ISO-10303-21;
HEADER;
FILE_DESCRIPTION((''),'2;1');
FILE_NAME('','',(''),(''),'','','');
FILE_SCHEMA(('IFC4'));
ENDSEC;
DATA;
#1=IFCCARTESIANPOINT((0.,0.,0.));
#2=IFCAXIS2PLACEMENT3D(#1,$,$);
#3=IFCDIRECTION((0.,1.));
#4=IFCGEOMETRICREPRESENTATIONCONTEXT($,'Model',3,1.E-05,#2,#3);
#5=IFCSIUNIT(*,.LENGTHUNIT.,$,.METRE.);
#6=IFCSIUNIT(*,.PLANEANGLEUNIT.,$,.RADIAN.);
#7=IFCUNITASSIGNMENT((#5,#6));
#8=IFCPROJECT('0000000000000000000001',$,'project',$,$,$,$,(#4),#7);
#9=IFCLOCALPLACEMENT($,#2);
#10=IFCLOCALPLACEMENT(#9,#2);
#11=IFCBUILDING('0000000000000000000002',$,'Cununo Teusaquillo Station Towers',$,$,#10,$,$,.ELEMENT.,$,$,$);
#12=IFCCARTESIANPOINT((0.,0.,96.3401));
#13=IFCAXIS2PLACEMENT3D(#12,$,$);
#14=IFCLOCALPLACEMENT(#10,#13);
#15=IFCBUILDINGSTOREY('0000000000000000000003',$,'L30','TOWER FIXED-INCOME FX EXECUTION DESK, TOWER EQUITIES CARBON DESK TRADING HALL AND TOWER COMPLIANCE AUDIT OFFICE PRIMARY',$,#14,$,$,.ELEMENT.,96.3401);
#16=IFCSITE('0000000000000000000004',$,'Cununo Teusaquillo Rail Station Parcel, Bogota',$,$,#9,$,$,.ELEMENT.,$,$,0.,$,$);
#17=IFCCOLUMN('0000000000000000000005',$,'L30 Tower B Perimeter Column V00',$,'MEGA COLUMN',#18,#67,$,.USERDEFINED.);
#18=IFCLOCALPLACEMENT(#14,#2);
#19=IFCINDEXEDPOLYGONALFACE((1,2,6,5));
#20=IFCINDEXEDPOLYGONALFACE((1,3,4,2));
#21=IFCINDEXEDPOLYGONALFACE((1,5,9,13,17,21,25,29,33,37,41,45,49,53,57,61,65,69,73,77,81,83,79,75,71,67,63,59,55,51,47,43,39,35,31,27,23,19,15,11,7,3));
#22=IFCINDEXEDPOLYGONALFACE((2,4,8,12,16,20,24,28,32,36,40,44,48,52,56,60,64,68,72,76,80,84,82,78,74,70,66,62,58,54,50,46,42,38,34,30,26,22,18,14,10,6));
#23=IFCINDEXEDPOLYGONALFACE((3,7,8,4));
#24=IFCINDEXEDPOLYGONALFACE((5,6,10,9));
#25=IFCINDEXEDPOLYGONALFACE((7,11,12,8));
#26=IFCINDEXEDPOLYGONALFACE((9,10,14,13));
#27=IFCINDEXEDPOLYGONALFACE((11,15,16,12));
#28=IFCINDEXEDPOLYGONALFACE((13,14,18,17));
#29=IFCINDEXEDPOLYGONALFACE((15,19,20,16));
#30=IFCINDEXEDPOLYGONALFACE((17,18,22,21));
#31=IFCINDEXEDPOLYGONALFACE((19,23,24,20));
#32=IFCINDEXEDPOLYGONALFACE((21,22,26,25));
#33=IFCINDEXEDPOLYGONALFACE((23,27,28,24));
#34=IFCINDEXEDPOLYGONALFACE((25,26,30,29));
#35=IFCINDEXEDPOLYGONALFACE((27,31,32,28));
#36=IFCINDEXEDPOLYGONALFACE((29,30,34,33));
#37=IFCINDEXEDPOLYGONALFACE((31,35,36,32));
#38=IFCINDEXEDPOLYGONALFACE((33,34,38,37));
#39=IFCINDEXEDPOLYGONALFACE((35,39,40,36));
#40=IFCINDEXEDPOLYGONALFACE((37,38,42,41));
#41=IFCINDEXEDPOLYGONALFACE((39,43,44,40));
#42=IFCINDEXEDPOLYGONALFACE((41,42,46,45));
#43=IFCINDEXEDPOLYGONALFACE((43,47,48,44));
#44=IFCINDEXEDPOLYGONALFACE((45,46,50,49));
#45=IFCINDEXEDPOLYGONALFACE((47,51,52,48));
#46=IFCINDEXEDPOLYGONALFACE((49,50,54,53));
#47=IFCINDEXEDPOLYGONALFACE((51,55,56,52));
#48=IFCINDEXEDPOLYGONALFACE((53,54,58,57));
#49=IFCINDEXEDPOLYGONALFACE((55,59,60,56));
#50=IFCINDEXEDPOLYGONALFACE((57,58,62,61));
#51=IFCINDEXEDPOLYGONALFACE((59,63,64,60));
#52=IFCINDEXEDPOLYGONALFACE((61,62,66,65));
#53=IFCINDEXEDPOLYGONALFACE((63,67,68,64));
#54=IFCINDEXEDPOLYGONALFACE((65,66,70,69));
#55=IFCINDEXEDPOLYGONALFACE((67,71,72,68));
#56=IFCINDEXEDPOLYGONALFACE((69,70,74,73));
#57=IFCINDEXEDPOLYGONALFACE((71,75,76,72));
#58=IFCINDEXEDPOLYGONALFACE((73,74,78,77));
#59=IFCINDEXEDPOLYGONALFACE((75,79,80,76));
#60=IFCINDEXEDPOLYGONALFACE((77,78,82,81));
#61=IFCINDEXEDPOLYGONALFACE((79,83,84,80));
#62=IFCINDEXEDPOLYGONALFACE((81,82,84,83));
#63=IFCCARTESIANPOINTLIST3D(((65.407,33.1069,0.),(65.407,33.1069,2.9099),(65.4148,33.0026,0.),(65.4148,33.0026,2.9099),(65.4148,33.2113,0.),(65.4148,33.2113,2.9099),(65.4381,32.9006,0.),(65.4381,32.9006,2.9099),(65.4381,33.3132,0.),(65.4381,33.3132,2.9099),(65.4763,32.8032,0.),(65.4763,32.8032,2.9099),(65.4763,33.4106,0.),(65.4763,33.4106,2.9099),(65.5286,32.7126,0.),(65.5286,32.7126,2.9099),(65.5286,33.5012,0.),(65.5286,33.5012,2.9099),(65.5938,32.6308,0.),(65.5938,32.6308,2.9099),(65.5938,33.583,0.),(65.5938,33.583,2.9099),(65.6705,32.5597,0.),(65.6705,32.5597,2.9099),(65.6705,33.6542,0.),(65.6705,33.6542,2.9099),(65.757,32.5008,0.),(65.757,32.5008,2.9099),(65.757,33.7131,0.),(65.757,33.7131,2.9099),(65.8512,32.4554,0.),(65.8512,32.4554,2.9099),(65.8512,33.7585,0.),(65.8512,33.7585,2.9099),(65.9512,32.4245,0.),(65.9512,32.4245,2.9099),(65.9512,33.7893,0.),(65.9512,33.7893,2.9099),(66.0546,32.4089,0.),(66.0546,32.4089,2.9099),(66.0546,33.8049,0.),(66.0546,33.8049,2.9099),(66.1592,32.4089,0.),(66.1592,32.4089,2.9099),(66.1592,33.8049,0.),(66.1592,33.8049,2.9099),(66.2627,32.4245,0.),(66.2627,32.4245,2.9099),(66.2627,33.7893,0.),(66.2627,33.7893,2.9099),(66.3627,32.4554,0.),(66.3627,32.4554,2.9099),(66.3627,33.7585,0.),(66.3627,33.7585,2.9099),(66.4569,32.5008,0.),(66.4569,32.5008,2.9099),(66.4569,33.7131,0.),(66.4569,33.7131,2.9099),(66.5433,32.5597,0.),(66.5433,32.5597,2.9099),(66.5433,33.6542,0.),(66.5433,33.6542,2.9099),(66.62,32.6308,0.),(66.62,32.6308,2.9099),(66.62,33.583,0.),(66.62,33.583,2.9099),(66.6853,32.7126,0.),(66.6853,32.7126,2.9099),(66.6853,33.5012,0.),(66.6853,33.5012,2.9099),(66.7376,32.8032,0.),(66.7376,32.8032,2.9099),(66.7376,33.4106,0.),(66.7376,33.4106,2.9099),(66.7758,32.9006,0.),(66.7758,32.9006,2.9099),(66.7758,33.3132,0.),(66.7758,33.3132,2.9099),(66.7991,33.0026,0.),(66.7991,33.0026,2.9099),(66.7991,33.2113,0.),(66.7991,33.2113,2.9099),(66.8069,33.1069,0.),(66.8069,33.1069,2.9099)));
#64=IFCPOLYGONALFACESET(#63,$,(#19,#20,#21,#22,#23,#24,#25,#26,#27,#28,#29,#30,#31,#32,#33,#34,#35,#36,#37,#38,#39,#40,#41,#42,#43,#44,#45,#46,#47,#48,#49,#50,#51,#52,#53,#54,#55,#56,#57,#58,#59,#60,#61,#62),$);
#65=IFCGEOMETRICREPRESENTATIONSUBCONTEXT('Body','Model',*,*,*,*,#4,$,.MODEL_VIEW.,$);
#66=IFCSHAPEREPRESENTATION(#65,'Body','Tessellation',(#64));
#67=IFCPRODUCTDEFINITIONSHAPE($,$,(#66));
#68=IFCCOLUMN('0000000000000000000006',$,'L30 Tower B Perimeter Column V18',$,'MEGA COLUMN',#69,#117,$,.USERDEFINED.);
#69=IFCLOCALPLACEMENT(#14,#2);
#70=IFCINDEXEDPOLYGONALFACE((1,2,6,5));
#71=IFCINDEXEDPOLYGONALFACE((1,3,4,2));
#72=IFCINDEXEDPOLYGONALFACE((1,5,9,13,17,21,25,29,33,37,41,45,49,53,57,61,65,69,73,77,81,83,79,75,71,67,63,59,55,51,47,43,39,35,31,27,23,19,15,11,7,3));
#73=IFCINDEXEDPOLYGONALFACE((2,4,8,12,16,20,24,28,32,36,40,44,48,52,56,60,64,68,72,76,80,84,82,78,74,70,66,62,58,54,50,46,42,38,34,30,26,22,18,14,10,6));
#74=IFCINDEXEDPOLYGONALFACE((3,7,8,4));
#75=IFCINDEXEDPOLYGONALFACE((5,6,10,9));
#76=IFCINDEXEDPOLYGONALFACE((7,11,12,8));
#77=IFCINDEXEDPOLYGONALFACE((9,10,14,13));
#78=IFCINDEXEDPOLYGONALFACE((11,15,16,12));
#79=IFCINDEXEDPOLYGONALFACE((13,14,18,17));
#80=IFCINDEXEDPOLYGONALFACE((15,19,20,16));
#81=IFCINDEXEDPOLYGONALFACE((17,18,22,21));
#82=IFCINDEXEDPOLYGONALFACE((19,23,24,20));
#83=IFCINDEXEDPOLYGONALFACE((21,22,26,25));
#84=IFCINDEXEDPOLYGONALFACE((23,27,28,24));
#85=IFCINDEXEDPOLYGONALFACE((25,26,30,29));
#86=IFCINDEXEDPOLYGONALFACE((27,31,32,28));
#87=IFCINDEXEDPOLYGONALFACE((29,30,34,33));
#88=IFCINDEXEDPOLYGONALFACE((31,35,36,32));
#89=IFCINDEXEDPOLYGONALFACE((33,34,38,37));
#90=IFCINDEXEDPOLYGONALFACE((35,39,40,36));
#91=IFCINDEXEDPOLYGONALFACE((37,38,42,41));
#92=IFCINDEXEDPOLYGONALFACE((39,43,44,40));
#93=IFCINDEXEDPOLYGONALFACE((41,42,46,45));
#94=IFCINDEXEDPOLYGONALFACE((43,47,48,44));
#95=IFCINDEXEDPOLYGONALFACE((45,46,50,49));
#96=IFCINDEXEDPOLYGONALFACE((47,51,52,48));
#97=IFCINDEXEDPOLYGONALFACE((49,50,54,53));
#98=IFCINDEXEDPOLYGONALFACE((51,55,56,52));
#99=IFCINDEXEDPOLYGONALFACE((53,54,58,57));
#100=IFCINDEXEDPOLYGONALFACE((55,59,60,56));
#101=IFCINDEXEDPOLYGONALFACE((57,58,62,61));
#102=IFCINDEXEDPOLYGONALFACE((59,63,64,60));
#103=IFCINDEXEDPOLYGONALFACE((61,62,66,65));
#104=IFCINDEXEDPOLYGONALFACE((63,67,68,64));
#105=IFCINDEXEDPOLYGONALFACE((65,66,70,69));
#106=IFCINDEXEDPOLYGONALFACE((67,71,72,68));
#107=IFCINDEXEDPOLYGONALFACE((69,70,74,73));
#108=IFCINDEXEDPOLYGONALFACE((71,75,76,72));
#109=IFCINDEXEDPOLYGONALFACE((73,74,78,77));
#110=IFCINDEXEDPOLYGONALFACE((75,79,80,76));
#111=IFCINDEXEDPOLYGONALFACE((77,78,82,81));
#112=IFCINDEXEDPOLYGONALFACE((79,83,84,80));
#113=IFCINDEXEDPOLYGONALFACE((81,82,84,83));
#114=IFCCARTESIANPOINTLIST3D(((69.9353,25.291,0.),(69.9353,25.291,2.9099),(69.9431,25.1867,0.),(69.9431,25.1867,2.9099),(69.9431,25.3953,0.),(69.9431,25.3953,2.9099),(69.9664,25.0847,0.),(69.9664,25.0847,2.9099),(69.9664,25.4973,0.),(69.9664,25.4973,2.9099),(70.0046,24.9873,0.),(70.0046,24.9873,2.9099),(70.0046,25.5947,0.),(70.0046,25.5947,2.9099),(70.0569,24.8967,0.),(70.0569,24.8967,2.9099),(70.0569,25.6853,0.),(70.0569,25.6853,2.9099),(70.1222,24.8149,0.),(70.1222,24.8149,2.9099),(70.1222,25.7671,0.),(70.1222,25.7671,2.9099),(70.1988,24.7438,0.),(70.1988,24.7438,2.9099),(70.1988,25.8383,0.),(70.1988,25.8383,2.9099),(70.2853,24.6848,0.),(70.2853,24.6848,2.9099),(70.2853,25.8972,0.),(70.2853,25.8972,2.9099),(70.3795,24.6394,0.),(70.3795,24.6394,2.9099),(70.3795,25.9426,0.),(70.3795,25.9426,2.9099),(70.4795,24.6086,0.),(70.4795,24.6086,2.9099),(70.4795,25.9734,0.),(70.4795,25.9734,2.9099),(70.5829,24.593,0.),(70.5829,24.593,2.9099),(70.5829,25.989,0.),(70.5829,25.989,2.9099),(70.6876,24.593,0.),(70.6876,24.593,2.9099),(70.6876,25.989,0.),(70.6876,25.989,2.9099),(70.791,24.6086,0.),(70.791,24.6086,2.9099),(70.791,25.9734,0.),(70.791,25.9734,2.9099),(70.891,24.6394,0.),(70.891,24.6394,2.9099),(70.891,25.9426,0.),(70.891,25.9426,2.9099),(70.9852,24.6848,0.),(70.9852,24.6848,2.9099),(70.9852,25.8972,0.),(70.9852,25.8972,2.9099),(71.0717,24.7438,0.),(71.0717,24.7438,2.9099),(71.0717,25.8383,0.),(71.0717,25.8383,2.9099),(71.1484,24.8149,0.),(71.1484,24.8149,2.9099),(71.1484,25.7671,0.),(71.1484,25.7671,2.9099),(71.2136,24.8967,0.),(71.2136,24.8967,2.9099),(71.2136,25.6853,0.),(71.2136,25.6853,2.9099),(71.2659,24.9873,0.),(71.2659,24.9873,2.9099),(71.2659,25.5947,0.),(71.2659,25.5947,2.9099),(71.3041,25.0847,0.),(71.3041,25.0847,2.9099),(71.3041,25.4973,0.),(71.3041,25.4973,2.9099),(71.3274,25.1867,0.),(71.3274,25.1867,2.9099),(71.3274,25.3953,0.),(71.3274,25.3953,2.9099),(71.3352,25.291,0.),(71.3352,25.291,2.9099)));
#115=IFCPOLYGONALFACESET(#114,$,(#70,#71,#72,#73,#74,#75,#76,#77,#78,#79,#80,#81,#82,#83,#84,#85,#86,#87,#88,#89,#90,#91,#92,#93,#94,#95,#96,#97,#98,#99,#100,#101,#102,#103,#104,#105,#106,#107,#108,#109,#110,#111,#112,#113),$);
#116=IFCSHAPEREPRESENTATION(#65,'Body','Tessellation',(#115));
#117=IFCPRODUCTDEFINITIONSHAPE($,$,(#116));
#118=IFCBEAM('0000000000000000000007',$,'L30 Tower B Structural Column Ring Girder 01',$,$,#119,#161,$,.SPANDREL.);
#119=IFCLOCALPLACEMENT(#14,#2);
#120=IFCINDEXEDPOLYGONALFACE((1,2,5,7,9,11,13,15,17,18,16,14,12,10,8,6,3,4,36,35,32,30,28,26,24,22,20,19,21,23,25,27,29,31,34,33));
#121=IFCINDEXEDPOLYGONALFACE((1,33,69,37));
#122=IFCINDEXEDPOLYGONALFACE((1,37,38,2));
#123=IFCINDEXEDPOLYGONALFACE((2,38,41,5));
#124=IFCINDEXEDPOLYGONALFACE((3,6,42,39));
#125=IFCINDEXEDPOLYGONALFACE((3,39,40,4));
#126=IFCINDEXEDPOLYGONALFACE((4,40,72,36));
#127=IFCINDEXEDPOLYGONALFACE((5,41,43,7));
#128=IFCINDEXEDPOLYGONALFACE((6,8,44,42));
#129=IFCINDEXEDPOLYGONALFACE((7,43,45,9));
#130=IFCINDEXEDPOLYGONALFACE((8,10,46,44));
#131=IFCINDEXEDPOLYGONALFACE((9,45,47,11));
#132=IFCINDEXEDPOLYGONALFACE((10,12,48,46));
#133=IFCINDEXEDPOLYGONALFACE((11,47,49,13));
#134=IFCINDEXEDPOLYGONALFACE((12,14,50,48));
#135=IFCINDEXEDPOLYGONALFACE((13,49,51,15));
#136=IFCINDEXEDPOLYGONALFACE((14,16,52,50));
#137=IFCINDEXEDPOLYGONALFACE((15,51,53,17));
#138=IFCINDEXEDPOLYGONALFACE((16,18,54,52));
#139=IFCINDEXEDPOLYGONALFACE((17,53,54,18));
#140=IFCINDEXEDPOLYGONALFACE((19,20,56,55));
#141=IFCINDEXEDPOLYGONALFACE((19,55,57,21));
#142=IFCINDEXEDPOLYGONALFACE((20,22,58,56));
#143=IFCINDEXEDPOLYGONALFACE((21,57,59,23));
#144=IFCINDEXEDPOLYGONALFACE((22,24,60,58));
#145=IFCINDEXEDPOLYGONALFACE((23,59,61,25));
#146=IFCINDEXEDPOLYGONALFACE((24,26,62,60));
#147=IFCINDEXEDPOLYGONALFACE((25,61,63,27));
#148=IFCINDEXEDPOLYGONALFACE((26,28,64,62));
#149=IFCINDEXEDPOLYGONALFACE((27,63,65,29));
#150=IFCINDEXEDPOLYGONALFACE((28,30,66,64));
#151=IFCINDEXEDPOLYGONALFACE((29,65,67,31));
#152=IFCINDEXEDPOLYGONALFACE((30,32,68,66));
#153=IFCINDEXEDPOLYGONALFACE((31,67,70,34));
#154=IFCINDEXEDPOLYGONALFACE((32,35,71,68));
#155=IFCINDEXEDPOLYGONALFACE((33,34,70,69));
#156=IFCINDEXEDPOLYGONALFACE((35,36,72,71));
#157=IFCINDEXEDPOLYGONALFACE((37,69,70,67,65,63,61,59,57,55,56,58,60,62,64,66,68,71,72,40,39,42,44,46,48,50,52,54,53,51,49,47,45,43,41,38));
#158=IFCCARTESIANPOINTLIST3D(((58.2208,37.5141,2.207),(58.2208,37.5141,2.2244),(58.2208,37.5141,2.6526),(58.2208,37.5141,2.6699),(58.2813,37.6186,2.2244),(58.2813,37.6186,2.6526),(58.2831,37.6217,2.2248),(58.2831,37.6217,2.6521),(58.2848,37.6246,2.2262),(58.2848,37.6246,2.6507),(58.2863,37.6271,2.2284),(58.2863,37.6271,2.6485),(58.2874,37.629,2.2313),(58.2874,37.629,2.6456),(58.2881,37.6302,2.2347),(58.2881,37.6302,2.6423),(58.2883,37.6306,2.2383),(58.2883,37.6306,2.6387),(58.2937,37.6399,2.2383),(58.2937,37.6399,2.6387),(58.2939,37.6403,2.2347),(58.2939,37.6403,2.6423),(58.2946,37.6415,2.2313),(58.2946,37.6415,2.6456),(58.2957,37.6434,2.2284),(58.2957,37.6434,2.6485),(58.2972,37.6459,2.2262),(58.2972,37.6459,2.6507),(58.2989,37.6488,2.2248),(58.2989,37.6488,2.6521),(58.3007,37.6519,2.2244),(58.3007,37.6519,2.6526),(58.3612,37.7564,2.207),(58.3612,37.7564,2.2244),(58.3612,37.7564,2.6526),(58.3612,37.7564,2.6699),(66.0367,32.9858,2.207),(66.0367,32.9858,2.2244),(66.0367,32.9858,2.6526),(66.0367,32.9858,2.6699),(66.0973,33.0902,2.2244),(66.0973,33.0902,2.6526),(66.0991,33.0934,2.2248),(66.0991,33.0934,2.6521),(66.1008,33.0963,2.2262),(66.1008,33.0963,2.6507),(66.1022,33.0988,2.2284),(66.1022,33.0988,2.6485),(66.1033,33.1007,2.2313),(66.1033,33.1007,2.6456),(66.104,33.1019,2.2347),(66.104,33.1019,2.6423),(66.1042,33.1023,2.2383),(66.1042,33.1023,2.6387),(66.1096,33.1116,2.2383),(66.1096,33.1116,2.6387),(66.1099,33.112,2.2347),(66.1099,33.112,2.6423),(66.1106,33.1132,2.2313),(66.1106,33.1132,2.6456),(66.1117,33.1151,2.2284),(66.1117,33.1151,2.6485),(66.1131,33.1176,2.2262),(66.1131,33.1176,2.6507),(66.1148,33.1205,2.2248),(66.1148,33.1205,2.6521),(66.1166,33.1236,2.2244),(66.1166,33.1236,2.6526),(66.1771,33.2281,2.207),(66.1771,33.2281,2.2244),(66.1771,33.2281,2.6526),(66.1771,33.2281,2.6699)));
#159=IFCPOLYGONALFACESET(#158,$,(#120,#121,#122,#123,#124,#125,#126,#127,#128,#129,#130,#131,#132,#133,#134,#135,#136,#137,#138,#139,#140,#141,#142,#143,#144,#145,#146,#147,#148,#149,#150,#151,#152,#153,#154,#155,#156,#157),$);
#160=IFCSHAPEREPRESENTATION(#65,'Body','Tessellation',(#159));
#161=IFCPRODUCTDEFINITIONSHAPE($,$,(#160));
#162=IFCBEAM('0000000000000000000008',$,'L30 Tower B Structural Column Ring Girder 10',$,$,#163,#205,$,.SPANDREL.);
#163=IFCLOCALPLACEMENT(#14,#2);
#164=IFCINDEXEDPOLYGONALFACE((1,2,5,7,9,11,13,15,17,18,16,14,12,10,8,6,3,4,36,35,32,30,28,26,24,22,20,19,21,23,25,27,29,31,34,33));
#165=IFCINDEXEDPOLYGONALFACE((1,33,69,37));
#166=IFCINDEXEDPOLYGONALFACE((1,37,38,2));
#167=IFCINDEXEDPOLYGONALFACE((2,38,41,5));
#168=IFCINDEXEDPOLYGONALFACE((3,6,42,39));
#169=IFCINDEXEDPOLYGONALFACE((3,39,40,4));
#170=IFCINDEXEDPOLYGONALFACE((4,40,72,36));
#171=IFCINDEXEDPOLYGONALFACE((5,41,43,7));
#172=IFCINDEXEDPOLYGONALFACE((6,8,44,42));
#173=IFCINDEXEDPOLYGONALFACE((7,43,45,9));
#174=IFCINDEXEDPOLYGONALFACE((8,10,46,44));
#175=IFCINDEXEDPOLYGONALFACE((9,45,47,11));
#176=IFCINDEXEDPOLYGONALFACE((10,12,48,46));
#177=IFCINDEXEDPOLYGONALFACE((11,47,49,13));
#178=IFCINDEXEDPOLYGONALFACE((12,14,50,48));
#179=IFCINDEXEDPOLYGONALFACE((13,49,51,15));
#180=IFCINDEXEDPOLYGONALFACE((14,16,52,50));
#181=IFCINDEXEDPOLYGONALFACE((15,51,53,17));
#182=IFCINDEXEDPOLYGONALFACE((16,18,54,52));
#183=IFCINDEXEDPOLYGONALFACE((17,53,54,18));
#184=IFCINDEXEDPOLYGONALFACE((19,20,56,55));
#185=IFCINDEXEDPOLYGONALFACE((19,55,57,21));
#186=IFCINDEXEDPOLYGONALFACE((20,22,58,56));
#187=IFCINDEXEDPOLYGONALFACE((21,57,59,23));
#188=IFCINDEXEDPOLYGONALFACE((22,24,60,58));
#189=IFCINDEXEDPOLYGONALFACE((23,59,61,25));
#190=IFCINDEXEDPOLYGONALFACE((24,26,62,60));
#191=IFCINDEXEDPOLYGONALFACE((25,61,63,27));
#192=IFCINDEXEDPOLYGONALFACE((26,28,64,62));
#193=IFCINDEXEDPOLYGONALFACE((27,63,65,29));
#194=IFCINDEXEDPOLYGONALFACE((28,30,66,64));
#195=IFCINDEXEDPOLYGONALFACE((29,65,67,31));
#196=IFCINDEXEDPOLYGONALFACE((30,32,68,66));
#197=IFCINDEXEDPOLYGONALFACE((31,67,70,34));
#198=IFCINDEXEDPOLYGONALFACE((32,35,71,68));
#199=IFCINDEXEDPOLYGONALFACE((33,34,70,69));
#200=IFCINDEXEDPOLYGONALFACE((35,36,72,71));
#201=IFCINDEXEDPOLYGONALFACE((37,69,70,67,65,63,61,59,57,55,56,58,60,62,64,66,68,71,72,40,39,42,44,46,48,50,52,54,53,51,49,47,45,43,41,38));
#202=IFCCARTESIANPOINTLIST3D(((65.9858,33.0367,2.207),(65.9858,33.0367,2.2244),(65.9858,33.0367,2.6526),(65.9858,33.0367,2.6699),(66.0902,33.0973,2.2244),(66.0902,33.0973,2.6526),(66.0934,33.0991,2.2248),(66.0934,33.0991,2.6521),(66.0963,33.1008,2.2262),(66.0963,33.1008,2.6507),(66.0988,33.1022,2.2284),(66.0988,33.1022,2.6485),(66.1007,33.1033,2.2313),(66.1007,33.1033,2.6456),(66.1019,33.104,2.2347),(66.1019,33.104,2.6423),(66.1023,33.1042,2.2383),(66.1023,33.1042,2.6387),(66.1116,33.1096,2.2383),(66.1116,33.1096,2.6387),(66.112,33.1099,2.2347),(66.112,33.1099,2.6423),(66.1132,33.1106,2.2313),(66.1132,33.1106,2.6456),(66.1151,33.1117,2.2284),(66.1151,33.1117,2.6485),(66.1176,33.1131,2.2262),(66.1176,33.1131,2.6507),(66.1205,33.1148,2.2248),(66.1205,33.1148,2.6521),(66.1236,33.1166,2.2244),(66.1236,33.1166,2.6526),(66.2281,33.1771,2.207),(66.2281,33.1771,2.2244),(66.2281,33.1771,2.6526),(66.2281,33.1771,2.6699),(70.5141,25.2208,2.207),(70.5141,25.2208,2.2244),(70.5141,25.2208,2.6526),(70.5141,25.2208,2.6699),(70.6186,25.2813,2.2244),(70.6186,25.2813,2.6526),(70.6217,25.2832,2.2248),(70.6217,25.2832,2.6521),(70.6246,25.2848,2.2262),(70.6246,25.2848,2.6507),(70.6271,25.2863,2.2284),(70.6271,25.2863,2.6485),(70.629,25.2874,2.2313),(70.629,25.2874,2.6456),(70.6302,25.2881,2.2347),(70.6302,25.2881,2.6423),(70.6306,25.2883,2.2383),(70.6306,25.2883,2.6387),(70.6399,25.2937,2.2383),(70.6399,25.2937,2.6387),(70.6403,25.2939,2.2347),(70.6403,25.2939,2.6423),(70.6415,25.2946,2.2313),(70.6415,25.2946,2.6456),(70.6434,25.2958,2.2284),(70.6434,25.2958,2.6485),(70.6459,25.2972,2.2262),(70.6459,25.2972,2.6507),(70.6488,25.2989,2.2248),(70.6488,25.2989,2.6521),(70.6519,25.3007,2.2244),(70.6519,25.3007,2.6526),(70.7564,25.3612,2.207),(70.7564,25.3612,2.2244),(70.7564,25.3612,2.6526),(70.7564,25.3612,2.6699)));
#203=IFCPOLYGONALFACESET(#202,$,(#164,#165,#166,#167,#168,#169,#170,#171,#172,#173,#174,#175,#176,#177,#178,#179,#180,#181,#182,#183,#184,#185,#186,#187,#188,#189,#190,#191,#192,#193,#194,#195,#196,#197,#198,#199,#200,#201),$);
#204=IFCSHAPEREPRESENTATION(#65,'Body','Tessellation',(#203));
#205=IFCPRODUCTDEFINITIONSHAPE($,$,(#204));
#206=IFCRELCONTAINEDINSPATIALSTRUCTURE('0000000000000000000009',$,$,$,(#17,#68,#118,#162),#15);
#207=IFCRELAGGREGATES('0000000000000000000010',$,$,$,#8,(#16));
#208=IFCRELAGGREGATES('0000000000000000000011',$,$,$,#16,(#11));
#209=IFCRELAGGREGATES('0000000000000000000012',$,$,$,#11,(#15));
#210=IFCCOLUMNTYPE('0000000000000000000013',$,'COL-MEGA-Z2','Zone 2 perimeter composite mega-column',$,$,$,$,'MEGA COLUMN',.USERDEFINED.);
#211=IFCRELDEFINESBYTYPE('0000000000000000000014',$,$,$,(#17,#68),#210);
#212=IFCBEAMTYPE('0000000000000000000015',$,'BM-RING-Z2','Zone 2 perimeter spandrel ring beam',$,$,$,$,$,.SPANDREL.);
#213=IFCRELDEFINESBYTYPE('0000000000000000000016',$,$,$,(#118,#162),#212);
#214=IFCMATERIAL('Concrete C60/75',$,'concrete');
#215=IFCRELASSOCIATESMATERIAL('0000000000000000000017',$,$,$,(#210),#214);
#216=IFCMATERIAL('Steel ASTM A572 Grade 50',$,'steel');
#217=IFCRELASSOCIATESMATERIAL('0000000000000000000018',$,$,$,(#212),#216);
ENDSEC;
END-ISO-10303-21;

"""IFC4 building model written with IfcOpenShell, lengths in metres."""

from ifc_helpers import new_model, si_unit, direction, frame, origin, origin_2d, place, context, subcontext, project, spatial, circle, i_section, extrude, material, material_profile, profile_set, type_object, element, save


model = new_model("IFC4")

# Units and contexts
model_context = context("Model", 3, precision=1e-05, world=origin(), true_north=direction((0.0, 1.0)))
body_context = subcontext(model_context, "Body", "Model", "MODEL_VIEW")
ifc_project = project(units=[si_unit("LENGTHUNIT", "METRE"), si_unit("PLANEANGLEUNIT", "RADIAN")], contexts=[model_context])

# Site, building, storey
site_placement = place(None, origin())
site = spatial("IfcSite", under=ifc_project, at=site_placement, Name="Cununo Teusaquillo Rail Station Parcel, Bogota", CompositionType="ELEMENT", RefElevation=0.0)
building_placement = place(site_placement, origin())
building = spatial("IfcBuilding", under=site, at=building_placement, Name="Cununo Teusaquillo Station Towers", CompositionType="ELEMENT")
storey_placement = place(building_placement, frame((0.0, 0.0, 96.3401)))
storey = spatial("IfcBuildingStorey", under=building, at=storey_placement, Name="L30", Description="TOWER FIXED-INCOME FX EXECUTION DESK, TOWER EQUITIES CARBON DESK TRADING HALL AND TOWER COMPLIANCE AUDIT OFFICE PRIMARY", CompositionType="ELEMENT", Elevation=96.3401)

# Columns
ifc_material_1 = material(Name="Concrete C60/75", Category="concrete")
ifc_material_profile_1 = material_profile(ifc_material_1, circle(Radius=0.7, at=origin_2d()), Name="RC-CIRC-1400")
ifc_profile_set_1 = profile_set([ifc_material_profile_1], Name="Concrete C60/75")
column_type = type_object("IfcColumnType", Name="COL-MEGA-Z2", Description="Zone 2 perimeter composite mega-column", ElementType="MEGA COLUMN", PredefinedType="USERDEFINED", material=ifc_profile_set_1)
for number, where, z_axis, x_axis, name in (
    (1, (66.1069, 33.1069, 0.0), (0.0, 0.0, 1.0), (1.0, 0.0, 0.0), "L30 Tower B Perimeter Column V00"),
    (2, (70.6353, 25.291, 0.0), (0.0, 0.0, 1.0), (1.0, 0.0, 0.0), "L30 Tower B Perimeter Column V18"),
):
    element("IfcColumn", number, at=place(storey_placement, frame(where, z_axis=z_axis, x_axis=x_axis)), inside=storey, type_object=column_type, Name=name, ObjectType="MEGA COLUMN", PredefinedType="USERDEFINED", context=body_context, shape_type="SweptSolid", body=[
        extrude(circle(Radius=0.7, at=origin_2d()), origin(), (0.0, 0.0, 1.0), 2.9099),
    ])

# Beams
ifc_material_2 = material(Name="Steel ASTM A572 Grade 50", Category="steel")
ifc_material_profile_2 = material_profile(ifc_material_2, i_section(OverallWidth=0.28, OverallDepth=0.4629, WebThickness=0.0107, FlangeThickness=0.0173, FilletRadius=0.0139, at=origin_2d()), Name="W18X76")
ifc_profile_set_2 = profile_set([ifc_material_profile_2], Name="Steel ASTM A572 Grade 50")
beam_type = type_object("IfcBeamType", Name="BM-RING-Z2", Description="Zone 2 perimeter spandrel ring beam", PredefinedType="SPANDREL", material=ifc_profile_set_2)
for number, where, z_axis, x_axis, name in (
    (3, (66.1069, 33.1069, 2.4385), (-0.865267, 0.501311, 0.0), (-0.501311, -0.865267, 0.0), "L30 Tower B Structural Column Ring Girder 01"),
    (4, (70.6353, 25.291, 2.4385), (-0.501311, 0.865267, 0.0), (-0.865267, -0.501311, 0.0), "L30 Tower B Structural Column Ring Girder 10"),
):
    element("IfcBeam", number, at=place(storey_placement, frame(where, z_axis=z_axis, x_axis=x_axis)), inside=storey, type_object=beam_type, Name=name, PredefinedType="SPANDREL", context=body_context, shape_type="SweptSolid", body=[
        extrude(i_section(OverallWidth=0.28, OverallDepth=0.4629, WebThickness=0.0107, FlangeThickness=0.0173, FilletRadius=0.0139, at=origin_2d()), origin(), (0.0, 0.0, 1.0), 9.033),
    ])

save(model, "model.ifc")
